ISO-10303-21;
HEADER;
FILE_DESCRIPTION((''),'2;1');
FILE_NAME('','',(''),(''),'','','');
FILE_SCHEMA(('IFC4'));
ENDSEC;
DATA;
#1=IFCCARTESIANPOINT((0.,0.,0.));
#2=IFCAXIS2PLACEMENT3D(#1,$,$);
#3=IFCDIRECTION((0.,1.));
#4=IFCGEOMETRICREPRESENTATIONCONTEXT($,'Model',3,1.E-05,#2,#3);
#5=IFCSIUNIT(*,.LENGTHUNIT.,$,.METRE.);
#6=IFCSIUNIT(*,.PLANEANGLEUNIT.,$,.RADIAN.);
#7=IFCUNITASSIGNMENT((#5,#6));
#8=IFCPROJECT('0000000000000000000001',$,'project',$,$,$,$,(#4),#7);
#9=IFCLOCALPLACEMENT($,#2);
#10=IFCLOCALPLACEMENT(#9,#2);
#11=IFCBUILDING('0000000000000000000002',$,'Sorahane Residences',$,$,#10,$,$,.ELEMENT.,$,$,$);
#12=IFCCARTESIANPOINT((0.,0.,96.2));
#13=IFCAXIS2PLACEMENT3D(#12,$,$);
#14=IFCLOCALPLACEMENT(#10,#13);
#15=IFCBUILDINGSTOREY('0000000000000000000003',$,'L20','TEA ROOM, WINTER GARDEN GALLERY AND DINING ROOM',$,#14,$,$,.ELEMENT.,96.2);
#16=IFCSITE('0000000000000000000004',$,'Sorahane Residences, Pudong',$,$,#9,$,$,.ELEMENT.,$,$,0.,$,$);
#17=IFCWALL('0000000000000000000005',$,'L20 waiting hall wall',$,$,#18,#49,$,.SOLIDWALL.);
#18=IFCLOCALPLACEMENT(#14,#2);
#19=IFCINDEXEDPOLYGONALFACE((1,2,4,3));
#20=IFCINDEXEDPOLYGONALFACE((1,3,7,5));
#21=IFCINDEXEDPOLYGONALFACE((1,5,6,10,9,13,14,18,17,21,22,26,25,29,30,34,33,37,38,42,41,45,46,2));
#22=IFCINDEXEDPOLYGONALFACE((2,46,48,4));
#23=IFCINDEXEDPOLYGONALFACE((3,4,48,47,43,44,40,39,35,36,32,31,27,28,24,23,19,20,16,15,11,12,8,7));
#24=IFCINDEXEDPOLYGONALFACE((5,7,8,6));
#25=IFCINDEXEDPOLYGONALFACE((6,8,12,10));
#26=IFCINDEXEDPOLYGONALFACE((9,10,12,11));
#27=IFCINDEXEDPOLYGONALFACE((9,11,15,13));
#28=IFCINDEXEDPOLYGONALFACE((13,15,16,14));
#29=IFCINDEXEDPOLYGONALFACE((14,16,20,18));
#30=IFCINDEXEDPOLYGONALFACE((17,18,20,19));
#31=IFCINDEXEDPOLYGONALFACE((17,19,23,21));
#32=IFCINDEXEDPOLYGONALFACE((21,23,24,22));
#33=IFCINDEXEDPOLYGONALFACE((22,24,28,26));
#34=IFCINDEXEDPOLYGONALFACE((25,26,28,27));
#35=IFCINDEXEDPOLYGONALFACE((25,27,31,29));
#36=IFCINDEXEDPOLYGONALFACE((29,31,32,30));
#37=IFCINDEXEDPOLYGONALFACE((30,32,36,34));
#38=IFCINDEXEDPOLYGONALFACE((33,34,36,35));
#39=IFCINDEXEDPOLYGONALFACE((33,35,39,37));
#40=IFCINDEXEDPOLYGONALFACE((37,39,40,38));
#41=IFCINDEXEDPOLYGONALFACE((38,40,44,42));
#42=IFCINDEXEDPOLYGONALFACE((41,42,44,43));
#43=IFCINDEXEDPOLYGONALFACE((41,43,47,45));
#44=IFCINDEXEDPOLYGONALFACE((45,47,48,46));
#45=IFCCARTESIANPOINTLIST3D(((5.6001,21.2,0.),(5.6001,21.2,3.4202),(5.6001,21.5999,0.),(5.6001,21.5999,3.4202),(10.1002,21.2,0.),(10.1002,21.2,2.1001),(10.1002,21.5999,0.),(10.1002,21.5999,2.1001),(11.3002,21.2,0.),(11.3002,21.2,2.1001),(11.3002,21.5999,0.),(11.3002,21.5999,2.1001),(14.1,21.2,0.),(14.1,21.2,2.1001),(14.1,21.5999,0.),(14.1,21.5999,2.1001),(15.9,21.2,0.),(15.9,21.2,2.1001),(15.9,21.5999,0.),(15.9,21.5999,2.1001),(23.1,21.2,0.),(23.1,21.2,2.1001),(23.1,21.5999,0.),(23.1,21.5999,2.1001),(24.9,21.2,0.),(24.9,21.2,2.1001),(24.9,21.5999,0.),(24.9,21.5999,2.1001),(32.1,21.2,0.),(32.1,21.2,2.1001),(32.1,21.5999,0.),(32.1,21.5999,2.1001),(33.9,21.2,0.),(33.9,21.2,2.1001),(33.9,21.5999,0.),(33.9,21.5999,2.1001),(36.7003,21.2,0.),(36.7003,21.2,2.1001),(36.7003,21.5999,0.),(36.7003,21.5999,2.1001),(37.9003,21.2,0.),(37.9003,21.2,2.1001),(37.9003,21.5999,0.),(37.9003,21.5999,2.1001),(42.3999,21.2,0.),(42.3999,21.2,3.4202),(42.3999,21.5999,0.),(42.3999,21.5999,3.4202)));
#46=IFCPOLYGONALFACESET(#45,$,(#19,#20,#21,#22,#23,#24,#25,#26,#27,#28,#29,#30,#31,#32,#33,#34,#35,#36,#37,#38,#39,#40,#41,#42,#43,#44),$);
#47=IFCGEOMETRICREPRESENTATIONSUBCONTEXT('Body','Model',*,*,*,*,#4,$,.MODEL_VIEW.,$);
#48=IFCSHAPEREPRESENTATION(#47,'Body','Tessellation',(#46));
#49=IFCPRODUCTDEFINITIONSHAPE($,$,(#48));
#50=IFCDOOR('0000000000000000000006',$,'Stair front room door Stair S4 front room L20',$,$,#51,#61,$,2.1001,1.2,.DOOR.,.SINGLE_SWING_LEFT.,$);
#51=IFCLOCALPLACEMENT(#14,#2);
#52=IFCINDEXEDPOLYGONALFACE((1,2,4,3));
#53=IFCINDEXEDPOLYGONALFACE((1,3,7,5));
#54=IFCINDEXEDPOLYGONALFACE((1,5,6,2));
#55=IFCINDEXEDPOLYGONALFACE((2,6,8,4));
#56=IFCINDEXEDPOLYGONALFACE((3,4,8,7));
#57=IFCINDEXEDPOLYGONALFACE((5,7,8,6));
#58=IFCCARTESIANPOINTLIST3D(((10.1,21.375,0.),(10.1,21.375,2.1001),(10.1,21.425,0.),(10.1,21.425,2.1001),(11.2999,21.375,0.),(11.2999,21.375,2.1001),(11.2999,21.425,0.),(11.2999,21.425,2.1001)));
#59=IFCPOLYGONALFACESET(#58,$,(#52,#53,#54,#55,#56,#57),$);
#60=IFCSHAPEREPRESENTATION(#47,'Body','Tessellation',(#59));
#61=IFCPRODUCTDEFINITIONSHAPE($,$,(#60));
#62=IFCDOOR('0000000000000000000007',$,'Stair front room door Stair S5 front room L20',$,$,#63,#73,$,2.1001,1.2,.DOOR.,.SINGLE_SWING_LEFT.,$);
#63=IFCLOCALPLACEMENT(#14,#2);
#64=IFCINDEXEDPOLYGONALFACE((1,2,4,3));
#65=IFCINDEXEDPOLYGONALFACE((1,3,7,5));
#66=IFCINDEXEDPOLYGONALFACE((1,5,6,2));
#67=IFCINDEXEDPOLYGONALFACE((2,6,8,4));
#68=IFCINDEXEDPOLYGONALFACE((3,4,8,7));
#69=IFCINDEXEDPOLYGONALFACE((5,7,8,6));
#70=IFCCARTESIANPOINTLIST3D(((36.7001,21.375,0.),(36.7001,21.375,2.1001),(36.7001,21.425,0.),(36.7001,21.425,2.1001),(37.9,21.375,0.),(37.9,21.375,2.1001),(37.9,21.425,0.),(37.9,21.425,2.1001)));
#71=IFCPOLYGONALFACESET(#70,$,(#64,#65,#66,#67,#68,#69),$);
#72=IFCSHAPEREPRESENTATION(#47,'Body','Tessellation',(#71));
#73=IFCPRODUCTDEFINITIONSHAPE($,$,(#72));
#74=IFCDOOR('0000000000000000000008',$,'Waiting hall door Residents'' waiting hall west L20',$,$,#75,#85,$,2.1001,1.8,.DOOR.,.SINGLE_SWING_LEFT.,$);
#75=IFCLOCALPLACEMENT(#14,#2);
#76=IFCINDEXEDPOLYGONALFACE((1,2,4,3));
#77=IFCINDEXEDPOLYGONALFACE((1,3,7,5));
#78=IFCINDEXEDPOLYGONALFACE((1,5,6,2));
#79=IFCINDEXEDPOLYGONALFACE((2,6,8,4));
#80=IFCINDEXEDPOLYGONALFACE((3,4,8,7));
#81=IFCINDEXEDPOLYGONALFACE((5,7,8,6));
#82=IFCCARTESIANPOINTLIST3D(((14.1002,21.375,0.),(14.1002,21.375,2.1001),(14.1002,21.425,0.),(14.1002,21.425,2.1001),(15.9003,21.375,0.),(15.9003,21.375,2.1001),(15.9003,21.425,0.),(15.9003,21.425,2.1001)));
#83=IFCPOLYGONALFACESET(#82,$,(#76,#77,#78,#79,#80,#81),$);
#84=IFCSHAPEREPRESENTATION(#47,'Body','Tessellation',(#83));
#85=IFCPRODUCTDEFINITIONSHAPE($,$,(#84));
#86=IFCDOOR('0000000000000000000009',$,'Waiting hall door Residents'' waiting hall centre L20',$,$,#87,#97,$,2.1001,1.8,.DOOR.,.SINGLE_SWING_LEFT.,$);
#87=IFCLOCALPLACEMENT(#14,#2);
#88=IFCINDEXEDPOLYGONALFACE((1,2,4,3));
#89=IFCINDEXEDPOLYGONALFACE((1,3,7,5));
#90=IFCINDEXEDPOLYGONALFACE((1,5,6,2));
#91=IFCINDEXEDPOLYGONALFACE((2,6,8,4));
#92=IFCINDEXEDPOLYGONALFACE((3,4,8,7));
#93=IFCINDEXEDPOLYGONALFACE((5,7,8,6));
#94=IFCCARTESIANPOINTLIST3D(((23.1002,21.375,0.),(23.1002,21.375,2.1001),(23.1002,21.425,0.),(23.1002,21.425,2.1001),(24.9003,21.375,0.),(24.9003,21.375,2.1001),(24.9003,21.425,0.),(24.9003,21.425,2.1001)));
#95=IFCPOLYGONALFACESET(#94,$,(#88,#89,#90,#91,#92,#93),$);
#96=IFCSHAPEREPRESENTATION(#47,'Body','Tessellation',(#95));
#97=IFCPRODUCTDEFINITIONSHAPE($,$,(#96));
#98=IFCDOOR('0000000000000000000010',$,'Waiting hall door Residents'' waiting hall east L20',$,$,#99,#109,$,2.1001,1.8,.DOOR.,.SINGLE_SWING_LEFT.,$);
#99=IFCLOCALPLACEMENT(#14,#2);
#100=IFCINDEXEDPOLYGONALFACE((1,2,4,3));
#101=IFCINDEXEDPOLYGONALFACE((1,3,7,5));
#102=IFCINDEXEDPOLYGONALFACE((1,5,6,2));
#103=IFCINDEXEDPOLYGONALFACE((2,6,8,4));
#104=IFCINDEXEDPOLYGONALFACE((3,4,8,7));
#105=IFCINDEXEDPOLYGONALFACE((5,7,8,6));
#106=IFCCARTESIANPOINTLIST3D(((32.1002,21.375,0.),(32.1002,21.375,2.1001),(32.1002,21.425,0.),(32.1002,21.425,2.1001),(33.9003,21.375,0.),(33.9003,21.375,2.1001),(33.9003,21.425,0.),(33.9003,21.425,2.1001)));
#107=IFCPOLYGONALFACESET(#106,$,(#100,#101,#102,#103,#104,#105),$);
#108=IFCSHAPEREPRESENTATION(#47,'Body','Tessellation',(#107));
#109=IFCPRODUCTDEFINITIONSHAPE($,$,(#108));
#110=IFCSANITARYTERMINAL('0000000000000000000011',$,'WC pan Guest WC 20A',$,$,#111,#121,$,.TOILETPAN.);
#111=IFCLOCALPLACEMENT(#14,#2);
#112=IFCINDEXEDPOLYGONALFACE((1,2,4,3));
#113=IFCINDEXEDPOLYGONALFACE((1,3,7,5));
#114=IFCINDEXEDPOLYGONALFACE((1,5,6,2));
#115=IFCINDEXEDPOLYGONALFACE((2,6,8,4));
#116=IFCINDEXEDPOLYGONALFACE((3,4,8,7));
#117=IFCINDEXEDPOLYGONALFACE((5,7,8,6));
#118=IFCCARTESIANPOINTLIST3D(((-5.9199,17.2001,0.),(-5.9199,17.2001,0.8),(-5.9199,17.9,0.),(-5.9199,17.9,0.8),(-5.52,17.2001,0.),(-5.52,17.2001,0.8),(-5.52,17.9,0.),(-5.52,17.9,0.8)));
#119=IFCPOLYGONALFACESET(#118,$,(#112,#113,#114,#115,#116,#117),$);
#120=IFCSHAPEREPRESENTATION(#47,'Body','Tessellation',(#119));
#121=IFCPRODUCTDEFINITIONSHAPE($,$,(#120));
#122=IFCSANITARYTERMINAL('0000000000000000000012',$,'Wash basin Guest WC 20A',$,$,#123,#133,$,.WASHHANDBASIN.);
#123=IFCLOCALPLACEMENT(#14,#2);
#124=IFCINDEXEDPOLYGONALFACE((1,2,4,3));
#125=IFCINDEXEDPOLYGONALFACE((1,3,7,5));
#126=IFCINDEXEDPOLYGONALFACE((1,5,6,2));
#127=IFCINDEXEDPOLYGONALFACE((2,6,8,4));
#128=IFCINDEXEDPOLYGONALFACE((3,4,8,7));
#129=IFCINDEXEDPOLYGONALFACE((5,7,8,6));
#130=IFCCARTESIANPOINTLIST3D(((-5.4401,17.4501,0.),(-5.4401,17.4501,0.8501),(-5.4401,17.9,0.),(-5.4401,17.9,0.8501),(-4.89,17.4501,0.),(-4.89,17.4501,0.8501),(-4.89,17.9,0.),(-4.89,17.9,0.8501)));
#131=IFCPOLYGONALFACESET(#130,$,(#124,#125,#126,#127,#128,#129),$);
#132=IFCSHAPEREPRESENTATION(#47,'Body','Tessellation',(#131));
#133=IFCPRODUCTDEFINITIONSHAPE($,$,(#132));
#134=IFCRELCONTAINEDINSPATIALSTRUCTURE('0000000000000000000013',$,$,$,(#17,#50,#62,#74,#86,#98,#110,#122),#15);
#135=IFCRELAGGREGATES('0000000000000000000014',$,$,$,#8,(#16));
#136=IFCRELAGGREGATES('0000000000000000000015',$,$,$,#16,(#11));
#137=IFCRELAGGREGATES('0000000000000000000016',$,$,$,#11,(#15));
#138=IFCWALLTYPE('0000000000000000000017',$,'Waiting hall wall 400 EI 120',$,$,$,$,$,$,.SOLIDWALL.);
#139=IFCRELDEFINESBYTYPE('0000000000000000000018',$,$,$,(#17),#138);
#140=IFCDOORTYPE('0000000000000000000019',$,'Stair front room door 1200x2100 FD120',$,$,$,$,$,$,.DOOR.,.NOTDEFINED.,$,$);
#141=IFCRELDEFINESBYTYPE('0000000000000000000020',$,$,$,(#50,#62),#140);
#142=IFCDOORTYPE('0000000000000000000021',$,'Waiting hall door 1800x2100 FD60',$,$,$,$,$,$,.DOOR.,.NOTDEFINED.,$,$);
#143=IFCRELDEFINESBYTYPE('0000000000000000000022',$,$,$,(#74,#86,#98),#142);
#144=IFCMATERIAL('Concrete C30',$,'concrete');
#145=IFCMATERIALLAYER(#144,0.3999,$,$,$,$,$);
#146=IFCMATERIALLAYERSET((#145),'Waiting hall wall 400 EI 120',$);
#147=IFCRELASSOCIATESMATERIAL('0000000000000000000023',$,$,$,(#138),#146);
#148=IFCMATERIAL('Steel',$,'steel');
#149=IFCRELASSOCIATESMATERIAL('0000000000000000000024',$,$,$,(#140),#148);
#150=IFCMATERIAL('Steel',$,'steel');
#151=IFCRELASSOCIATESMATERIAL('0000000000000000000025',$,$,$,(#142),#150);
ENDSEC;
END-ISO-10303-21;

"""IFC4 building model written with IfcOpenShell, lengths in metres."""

from ifc_helpers import new_model, si_unit, direction, frame, frame_2d, origin, origin_2d, place, context, subcontext, project, spatial, rectangle, extrude, material, layer, layer_set, type_object, element, fill, save


model = new_model("IFC4")

# Units and contexts
model_context = context("Model", 3, precision=1e-05, world=origin(), true_north=direction((0.0, 1.0)))
body_context = subcontext(model_context, "Body", "Model", "MODEL_VIEW")
ifc_project = project(units=[si_unit("LENGTHUNIT", "METRE"), si_unit("PLANEANGLEUNIT", "RADIAN")], contexts=[model_context])

# Site, building, storey
site_placement = place(None, origin())
site = spatial("IfcSite", under=ifc_project, at=site_placement, Name="Sorahane Residences, Pudong", CompositionType="ELEMENT", RefElevation=0.0)
building_placement = place(site_placement, origin())
building = spatial("IfcBuilding", under=site, at=building_placement, Name="Sorahane Residences", CompositionType="ELEMENT")
storey_placement = place(building_placement, frame((0.0, 0.0, 96.2)))
storey = spatial("IfcBuildingStorey", under=building, at=storey_placement, Name="L20", Description="TEA ROOM, WINTER GARDEN GALLERY AND DINING ROOM", CompositionType="ELEMENT", Elevation=96.2)

# Wall, openings, doors
ifc_material_1 = material(Name="Concrete C30", Category="concrete")
ifc_layer_1 = layer(ifc_material_1, 0.3999)
ifc_layer_set_1 = layer_set([ifc_layer_1], Name="Waiting hall wall 400 EI 120")
wall_type_1 = type_object("IfcWallType", Name="Waiting hall wall 400 EI 120", PredefinedType="SOLIDWALL", material=ifc_layer_set_1)
wall_1_placement = place(storey_placement, frame((5.6001, 21.3999, 0.0), z_axis=(0.0, 0.0, 1.0), x_axis=(1.0, 0.0, 0.0)))
wall_1 = element("IfcWall", 1, at=wall_1_placement, inside=storey, type_object=wall_type_1, Name="L20 waiting hall wall", PredefinedType="SOLIDWALL", context=body_context, shape_type="SweptSolid", body=[
    extrude(rectangle(XDim=36.7998, YDim=0.3999, at=frame_2d((18.3999, 0.0))), origin(), (0.0, 0.0, 1.0), 3.4202),
])
opening_1_placement = place(wall_1_placement, frame((8.5, 0.0, 0.0)))
opening_1 = element("IfcOpeningElement", 2, at=opening_1_placement, cuts=wall_1, PredefinedType="OPENING", context=body_context, shape_type="SweptSolid", body=[
    extrude(rectangle(XDim=1.8, YDim=2.1001, at=frame_2d((0.8999, 1.05))), frame((0.0, 0.21, 0.0), z_axis=(0.0, -1.0, 0.0), x_axis=(1.0, 0.0, 0.0)), (0.0, 0.0, 1.0), 0.4199),
])
opening_2_placement = place(wall_1_placement, frame((17.5, 0.0, 0.0)))
opening_2 = element("IfcOpeningElement", 3, at=opening_2_placement, cuts=wall_1, PredefinedType="OPENING", context=body_context, shape_type="SweptSolid", body=[
    extrude(rectangle(XDim=1.8, YDim=2.1001, at=frame_2d((0.8999, 1.05))), frame((0.0, 0.21, 0.0), z_axis=(0.0, -1.0, 0.0), x_axis=(1.0, 0.0, 0.0)), (0.0, 0.0, 1.0), 0.4199),
])
opening_3_placement = place(wall_1_placement, frame((26.5, 0.0, 0.0)))
opening_3 = element("IfcOpeningElement", 4, at=opening_3_placement, cuts=wall_1, PredefinedType="OPENING", context=body_context, shape_type="SweptSolid", body=[
    extrude(rectangle(XDim=1.8, YDim=2.1001, at=frame_2d((0.8999, 1.05))), frame((0.0, 0.21, 0.0), z_axis=(0.0, -1.0, 0.0), x_axis=(1.0, 0.0, 0.0)), (0.0, 0.0, 1.0), 0.4199),
])
opening_4_placement = place(wall_1_placement, frame((4.5, 0.0, 0.0)))
opening_4 = element("IfcOpeningElement", 5, at=opening_4_placement, cuts=wall_1, PredefinedType="OPENING", context=body_context, shape_type="SweptSolid", body=[
    extrude(rectangle(XDim=1.2, YDim=2.1001, at=frame_2d((0.6001, 1.05))), frame((0.0, 0.21, 0.0), z_axis=(0.0, -1.0, 0.0), x_axis=(1.0, 0.0, 0.0)), (0.0, 0.0, 1.0), 0.4199),
])
opening_5_placement = place(wall_1_placement, frame((31.1001, 0.0, 0.0)))
opening_5 = element("IfcOpeningElement", 6, at=opening_5_placement, cuts=wall_1, PredefinedType="OPENING", context=body_context, shape_type="SweptSolid", body=[
    extrude(rectangle(XDim=1.2, YDim=2.1001, at=frame_2d((0.6001, 1.05))), frame((0.0, 0.21, 0.0), z_axis=(0.0, -1.0, 0.0), x_axis=(1.0, 0.0, 0.0)), (0.0, 0.0, 1.0), 0.4199),
])
ifc_material_2 = material(Name="Steel", Category="steel")
door_type_1 = type_object("IfcDoorType", Name="Stair front room door 1200x2100 FD120", OperationType="NOTDEFINED", PredefinedType="DOOR", material=ifc_material_2)
door_1_placement = place(opening_4_placement, frame((1.2, 0.0, 0.0), z_axis=(0.0, 0.0, 1.0), x_axis=(-1.0, 0.0, 0.0)))
door_1 = element("IfcDoor", 7, at=door_1_placement, inside=storey, type_object=door_type_1, Name="Stair front room door Stair S4 front room L20", OperationType="SINGLE_SWING_LEFT", OverallHeight=2.1001, OverallWidth=1.2, PredefinedType="DOOR", context=body_context, shape_type="SweptSolid", body=[
    extrude(rectangle(XDim=1.2, YDim=2.1001, at=frame_2d((0.6001, 1.05))), frame((0.0, 0.0249, 0.0), z_axis=(0.0, -1.0, 0.0), x_axis=(1.0, 0.0, 0.0)), (0.0, 0.0, 1.0), 0.05),
])
fill(opening_4, door_1)
door_2_placement = place(opening_5_placement, frame((1.2, 0.0, 0.0), z_axis=(0.0, 0.0, 1.0), x_axis=(-1.0, 0.0, 0.0)))
door_2 = element("IfcDoor", 8, at=door_2_placement, inside=storey, type_object=door_type_1, Name="Stair front room door Stair S5 front room L20", OperationType="SINGLE_SWING_LEFT", OverallHeight=2.1001, OverallWidth=1.2, PredefinedType="DOOR", context=body_context, shape_type="SweptSolid", body=[
    extrude(rectangle(XDim=1.2, YDim=2.1001, at=frame_2d((0.6001, 1.05))), frame((0.0, 0.0249, 0.0), z_axis=(0.0, -1.0, 0.0), x_axis=(1.0, 0.0, 0.0)), (0.0, 0.0, 1.0), 0.05),
])
fill(opening_5, door_2)
ifc_material_3 = material(Name="Steel", Category="steel")
door_type_2 = type_object("IfcDoorType", Name="Waiting hall door 1800x2100 FD60", OperationType="NOTDEFINED", PredefinedType="DOOR", material=ifc_material_3)
door_3_placement = place(opening_1_placement, frame((1.8, 0.0, 0.0), z_axis=(0.0, 0.0, 1.0), x_axis=(-1.0, 0.0, 0.0)))
door_3 = element("IfcDoor", 9, at=door_3_placement, inside=storey, type_object=door_type_2, Name="Waiting hall door Residents' waiting hall west L20", OperationType="SINGLE_SWING_LEFT", OverallHeight=2.1001, OverallWidth=1.8, PredefinedType="DOOR", context=body_context, shape_type="SweptSolid", body=[
    extrude(rectangle(XDim=1.8, YDim=2.1001, at=frame_2d((0.8999, 1.05))), frame((0.0, 0.0249, 0.0), z_axis=(0.0, -1.0, 0.0), x_axis=(1.0, 0.0, 0.0)), (0.0, 0.0, 1.0), 0.05),
])
fill(opening_1, door_3)
door_4_placement = place(opening_2_placement, frame((1.8, 0.0, 0.0), z_axis=(0.0, 0.0, 1.0), x_axis=(-1.0, 0.0, 0.0)))
door_4 = element("IfcDoor", 10, at=door_4_placement, inside=storey, type_object=door_type_2, Name="Waiting hall door Residents' waiting hall centre L20", OperationType="SINGLE_SWING_LEFT", OverallHeight=2.1001, OverallWidth=1.8, PredefinedType="DOOR", context=body_context, shape_type="SweptSolid", body=[
    extrude(rectangle(XDim=1.8, YDim=2.1001, at=frame_2d((0.8999, 1.05))), frame((0.0, 0.0249, 0.0), z_axis=(0.0, -1.0, 0.0), x_axis=(1.0, 0.0, 0.0)), (0.0, 0.0, 1.0), 0.05),
])
fill(opening_2, door_4)
door_5_placement = place(opening_3_placement, frame((1.8, 0.0, 0.0), z_axis=(0.0, 0.0, 1.0), x_axis=(-1.0, 0.0, 0.0)))
door_5 = element("IfcDoor", 11, at=door_5_placement, inside=storey, type_object=door_type_2, Name="Waiting hall door Residents' waiting hall east L20", OperationType="SINGLE_SWING_LEFT", OverallHeight=2.1001, OverallWidth=1.8, PredefinedType="DOOR", context=body_context, shape_type="SweptSolid", body=[
    extrude(rectangle(XDim=1.8, YDim=2.1001, at=frame_2d((0.8999, 1.05))), frame((0.0, 0.0249, 0.0), z_axis=(0.0, -1.0, 0.0), x_axis=(1.0, 0.0, 0.0)), (0.0, 0.0, 1.0), 0.05),
])
fill(opening_3, door_5)

# Sanitary terminals
sanitary_terminal_1_placement = place(storey_placement, frame((-5.72, 17.55, 0.0), z_axis=(0.0, 0.0, 1.0), x_axis=(1.0, 0.0, 0.0)))
element("IfcSanitaryTerminal", 12, at=sanitary_terminal_1_placement, inside=storey, Name="WC pan Guest WC 20A", PredefinedType="TOILETPAN", context=body_context, shape_type="SweptSolid", body=[
    extrude(rectangle(XDim=0.3999, YDim=0.7, at=origin_2d()), origin(), (0.0, 0.0, 1.0), 0.8),
])
sanitary_terminal_2_placement = place(storey_placement, frame((-5.165, 17.675, 0.0), z_axis=(0.0, 0.0, 1.0), x_axis=(1.0, 0.0, 0.0)))
element("IfcSanitaryTerminal", 13, at=sanitary_terminal_2_placement, inside=storey, Name="Wash basin Guest WC 20A", PredefinedType="WASHHANDBASIN", context=body_context, shape_type="SweptSolid", body=[
    extrude(rectangle(XDim=0.55, YDim=0.45, at=origin_2d()), origin(), (0.0, 0.0, 1.0), 0.8501),
])

save(model, "model.ifc")
